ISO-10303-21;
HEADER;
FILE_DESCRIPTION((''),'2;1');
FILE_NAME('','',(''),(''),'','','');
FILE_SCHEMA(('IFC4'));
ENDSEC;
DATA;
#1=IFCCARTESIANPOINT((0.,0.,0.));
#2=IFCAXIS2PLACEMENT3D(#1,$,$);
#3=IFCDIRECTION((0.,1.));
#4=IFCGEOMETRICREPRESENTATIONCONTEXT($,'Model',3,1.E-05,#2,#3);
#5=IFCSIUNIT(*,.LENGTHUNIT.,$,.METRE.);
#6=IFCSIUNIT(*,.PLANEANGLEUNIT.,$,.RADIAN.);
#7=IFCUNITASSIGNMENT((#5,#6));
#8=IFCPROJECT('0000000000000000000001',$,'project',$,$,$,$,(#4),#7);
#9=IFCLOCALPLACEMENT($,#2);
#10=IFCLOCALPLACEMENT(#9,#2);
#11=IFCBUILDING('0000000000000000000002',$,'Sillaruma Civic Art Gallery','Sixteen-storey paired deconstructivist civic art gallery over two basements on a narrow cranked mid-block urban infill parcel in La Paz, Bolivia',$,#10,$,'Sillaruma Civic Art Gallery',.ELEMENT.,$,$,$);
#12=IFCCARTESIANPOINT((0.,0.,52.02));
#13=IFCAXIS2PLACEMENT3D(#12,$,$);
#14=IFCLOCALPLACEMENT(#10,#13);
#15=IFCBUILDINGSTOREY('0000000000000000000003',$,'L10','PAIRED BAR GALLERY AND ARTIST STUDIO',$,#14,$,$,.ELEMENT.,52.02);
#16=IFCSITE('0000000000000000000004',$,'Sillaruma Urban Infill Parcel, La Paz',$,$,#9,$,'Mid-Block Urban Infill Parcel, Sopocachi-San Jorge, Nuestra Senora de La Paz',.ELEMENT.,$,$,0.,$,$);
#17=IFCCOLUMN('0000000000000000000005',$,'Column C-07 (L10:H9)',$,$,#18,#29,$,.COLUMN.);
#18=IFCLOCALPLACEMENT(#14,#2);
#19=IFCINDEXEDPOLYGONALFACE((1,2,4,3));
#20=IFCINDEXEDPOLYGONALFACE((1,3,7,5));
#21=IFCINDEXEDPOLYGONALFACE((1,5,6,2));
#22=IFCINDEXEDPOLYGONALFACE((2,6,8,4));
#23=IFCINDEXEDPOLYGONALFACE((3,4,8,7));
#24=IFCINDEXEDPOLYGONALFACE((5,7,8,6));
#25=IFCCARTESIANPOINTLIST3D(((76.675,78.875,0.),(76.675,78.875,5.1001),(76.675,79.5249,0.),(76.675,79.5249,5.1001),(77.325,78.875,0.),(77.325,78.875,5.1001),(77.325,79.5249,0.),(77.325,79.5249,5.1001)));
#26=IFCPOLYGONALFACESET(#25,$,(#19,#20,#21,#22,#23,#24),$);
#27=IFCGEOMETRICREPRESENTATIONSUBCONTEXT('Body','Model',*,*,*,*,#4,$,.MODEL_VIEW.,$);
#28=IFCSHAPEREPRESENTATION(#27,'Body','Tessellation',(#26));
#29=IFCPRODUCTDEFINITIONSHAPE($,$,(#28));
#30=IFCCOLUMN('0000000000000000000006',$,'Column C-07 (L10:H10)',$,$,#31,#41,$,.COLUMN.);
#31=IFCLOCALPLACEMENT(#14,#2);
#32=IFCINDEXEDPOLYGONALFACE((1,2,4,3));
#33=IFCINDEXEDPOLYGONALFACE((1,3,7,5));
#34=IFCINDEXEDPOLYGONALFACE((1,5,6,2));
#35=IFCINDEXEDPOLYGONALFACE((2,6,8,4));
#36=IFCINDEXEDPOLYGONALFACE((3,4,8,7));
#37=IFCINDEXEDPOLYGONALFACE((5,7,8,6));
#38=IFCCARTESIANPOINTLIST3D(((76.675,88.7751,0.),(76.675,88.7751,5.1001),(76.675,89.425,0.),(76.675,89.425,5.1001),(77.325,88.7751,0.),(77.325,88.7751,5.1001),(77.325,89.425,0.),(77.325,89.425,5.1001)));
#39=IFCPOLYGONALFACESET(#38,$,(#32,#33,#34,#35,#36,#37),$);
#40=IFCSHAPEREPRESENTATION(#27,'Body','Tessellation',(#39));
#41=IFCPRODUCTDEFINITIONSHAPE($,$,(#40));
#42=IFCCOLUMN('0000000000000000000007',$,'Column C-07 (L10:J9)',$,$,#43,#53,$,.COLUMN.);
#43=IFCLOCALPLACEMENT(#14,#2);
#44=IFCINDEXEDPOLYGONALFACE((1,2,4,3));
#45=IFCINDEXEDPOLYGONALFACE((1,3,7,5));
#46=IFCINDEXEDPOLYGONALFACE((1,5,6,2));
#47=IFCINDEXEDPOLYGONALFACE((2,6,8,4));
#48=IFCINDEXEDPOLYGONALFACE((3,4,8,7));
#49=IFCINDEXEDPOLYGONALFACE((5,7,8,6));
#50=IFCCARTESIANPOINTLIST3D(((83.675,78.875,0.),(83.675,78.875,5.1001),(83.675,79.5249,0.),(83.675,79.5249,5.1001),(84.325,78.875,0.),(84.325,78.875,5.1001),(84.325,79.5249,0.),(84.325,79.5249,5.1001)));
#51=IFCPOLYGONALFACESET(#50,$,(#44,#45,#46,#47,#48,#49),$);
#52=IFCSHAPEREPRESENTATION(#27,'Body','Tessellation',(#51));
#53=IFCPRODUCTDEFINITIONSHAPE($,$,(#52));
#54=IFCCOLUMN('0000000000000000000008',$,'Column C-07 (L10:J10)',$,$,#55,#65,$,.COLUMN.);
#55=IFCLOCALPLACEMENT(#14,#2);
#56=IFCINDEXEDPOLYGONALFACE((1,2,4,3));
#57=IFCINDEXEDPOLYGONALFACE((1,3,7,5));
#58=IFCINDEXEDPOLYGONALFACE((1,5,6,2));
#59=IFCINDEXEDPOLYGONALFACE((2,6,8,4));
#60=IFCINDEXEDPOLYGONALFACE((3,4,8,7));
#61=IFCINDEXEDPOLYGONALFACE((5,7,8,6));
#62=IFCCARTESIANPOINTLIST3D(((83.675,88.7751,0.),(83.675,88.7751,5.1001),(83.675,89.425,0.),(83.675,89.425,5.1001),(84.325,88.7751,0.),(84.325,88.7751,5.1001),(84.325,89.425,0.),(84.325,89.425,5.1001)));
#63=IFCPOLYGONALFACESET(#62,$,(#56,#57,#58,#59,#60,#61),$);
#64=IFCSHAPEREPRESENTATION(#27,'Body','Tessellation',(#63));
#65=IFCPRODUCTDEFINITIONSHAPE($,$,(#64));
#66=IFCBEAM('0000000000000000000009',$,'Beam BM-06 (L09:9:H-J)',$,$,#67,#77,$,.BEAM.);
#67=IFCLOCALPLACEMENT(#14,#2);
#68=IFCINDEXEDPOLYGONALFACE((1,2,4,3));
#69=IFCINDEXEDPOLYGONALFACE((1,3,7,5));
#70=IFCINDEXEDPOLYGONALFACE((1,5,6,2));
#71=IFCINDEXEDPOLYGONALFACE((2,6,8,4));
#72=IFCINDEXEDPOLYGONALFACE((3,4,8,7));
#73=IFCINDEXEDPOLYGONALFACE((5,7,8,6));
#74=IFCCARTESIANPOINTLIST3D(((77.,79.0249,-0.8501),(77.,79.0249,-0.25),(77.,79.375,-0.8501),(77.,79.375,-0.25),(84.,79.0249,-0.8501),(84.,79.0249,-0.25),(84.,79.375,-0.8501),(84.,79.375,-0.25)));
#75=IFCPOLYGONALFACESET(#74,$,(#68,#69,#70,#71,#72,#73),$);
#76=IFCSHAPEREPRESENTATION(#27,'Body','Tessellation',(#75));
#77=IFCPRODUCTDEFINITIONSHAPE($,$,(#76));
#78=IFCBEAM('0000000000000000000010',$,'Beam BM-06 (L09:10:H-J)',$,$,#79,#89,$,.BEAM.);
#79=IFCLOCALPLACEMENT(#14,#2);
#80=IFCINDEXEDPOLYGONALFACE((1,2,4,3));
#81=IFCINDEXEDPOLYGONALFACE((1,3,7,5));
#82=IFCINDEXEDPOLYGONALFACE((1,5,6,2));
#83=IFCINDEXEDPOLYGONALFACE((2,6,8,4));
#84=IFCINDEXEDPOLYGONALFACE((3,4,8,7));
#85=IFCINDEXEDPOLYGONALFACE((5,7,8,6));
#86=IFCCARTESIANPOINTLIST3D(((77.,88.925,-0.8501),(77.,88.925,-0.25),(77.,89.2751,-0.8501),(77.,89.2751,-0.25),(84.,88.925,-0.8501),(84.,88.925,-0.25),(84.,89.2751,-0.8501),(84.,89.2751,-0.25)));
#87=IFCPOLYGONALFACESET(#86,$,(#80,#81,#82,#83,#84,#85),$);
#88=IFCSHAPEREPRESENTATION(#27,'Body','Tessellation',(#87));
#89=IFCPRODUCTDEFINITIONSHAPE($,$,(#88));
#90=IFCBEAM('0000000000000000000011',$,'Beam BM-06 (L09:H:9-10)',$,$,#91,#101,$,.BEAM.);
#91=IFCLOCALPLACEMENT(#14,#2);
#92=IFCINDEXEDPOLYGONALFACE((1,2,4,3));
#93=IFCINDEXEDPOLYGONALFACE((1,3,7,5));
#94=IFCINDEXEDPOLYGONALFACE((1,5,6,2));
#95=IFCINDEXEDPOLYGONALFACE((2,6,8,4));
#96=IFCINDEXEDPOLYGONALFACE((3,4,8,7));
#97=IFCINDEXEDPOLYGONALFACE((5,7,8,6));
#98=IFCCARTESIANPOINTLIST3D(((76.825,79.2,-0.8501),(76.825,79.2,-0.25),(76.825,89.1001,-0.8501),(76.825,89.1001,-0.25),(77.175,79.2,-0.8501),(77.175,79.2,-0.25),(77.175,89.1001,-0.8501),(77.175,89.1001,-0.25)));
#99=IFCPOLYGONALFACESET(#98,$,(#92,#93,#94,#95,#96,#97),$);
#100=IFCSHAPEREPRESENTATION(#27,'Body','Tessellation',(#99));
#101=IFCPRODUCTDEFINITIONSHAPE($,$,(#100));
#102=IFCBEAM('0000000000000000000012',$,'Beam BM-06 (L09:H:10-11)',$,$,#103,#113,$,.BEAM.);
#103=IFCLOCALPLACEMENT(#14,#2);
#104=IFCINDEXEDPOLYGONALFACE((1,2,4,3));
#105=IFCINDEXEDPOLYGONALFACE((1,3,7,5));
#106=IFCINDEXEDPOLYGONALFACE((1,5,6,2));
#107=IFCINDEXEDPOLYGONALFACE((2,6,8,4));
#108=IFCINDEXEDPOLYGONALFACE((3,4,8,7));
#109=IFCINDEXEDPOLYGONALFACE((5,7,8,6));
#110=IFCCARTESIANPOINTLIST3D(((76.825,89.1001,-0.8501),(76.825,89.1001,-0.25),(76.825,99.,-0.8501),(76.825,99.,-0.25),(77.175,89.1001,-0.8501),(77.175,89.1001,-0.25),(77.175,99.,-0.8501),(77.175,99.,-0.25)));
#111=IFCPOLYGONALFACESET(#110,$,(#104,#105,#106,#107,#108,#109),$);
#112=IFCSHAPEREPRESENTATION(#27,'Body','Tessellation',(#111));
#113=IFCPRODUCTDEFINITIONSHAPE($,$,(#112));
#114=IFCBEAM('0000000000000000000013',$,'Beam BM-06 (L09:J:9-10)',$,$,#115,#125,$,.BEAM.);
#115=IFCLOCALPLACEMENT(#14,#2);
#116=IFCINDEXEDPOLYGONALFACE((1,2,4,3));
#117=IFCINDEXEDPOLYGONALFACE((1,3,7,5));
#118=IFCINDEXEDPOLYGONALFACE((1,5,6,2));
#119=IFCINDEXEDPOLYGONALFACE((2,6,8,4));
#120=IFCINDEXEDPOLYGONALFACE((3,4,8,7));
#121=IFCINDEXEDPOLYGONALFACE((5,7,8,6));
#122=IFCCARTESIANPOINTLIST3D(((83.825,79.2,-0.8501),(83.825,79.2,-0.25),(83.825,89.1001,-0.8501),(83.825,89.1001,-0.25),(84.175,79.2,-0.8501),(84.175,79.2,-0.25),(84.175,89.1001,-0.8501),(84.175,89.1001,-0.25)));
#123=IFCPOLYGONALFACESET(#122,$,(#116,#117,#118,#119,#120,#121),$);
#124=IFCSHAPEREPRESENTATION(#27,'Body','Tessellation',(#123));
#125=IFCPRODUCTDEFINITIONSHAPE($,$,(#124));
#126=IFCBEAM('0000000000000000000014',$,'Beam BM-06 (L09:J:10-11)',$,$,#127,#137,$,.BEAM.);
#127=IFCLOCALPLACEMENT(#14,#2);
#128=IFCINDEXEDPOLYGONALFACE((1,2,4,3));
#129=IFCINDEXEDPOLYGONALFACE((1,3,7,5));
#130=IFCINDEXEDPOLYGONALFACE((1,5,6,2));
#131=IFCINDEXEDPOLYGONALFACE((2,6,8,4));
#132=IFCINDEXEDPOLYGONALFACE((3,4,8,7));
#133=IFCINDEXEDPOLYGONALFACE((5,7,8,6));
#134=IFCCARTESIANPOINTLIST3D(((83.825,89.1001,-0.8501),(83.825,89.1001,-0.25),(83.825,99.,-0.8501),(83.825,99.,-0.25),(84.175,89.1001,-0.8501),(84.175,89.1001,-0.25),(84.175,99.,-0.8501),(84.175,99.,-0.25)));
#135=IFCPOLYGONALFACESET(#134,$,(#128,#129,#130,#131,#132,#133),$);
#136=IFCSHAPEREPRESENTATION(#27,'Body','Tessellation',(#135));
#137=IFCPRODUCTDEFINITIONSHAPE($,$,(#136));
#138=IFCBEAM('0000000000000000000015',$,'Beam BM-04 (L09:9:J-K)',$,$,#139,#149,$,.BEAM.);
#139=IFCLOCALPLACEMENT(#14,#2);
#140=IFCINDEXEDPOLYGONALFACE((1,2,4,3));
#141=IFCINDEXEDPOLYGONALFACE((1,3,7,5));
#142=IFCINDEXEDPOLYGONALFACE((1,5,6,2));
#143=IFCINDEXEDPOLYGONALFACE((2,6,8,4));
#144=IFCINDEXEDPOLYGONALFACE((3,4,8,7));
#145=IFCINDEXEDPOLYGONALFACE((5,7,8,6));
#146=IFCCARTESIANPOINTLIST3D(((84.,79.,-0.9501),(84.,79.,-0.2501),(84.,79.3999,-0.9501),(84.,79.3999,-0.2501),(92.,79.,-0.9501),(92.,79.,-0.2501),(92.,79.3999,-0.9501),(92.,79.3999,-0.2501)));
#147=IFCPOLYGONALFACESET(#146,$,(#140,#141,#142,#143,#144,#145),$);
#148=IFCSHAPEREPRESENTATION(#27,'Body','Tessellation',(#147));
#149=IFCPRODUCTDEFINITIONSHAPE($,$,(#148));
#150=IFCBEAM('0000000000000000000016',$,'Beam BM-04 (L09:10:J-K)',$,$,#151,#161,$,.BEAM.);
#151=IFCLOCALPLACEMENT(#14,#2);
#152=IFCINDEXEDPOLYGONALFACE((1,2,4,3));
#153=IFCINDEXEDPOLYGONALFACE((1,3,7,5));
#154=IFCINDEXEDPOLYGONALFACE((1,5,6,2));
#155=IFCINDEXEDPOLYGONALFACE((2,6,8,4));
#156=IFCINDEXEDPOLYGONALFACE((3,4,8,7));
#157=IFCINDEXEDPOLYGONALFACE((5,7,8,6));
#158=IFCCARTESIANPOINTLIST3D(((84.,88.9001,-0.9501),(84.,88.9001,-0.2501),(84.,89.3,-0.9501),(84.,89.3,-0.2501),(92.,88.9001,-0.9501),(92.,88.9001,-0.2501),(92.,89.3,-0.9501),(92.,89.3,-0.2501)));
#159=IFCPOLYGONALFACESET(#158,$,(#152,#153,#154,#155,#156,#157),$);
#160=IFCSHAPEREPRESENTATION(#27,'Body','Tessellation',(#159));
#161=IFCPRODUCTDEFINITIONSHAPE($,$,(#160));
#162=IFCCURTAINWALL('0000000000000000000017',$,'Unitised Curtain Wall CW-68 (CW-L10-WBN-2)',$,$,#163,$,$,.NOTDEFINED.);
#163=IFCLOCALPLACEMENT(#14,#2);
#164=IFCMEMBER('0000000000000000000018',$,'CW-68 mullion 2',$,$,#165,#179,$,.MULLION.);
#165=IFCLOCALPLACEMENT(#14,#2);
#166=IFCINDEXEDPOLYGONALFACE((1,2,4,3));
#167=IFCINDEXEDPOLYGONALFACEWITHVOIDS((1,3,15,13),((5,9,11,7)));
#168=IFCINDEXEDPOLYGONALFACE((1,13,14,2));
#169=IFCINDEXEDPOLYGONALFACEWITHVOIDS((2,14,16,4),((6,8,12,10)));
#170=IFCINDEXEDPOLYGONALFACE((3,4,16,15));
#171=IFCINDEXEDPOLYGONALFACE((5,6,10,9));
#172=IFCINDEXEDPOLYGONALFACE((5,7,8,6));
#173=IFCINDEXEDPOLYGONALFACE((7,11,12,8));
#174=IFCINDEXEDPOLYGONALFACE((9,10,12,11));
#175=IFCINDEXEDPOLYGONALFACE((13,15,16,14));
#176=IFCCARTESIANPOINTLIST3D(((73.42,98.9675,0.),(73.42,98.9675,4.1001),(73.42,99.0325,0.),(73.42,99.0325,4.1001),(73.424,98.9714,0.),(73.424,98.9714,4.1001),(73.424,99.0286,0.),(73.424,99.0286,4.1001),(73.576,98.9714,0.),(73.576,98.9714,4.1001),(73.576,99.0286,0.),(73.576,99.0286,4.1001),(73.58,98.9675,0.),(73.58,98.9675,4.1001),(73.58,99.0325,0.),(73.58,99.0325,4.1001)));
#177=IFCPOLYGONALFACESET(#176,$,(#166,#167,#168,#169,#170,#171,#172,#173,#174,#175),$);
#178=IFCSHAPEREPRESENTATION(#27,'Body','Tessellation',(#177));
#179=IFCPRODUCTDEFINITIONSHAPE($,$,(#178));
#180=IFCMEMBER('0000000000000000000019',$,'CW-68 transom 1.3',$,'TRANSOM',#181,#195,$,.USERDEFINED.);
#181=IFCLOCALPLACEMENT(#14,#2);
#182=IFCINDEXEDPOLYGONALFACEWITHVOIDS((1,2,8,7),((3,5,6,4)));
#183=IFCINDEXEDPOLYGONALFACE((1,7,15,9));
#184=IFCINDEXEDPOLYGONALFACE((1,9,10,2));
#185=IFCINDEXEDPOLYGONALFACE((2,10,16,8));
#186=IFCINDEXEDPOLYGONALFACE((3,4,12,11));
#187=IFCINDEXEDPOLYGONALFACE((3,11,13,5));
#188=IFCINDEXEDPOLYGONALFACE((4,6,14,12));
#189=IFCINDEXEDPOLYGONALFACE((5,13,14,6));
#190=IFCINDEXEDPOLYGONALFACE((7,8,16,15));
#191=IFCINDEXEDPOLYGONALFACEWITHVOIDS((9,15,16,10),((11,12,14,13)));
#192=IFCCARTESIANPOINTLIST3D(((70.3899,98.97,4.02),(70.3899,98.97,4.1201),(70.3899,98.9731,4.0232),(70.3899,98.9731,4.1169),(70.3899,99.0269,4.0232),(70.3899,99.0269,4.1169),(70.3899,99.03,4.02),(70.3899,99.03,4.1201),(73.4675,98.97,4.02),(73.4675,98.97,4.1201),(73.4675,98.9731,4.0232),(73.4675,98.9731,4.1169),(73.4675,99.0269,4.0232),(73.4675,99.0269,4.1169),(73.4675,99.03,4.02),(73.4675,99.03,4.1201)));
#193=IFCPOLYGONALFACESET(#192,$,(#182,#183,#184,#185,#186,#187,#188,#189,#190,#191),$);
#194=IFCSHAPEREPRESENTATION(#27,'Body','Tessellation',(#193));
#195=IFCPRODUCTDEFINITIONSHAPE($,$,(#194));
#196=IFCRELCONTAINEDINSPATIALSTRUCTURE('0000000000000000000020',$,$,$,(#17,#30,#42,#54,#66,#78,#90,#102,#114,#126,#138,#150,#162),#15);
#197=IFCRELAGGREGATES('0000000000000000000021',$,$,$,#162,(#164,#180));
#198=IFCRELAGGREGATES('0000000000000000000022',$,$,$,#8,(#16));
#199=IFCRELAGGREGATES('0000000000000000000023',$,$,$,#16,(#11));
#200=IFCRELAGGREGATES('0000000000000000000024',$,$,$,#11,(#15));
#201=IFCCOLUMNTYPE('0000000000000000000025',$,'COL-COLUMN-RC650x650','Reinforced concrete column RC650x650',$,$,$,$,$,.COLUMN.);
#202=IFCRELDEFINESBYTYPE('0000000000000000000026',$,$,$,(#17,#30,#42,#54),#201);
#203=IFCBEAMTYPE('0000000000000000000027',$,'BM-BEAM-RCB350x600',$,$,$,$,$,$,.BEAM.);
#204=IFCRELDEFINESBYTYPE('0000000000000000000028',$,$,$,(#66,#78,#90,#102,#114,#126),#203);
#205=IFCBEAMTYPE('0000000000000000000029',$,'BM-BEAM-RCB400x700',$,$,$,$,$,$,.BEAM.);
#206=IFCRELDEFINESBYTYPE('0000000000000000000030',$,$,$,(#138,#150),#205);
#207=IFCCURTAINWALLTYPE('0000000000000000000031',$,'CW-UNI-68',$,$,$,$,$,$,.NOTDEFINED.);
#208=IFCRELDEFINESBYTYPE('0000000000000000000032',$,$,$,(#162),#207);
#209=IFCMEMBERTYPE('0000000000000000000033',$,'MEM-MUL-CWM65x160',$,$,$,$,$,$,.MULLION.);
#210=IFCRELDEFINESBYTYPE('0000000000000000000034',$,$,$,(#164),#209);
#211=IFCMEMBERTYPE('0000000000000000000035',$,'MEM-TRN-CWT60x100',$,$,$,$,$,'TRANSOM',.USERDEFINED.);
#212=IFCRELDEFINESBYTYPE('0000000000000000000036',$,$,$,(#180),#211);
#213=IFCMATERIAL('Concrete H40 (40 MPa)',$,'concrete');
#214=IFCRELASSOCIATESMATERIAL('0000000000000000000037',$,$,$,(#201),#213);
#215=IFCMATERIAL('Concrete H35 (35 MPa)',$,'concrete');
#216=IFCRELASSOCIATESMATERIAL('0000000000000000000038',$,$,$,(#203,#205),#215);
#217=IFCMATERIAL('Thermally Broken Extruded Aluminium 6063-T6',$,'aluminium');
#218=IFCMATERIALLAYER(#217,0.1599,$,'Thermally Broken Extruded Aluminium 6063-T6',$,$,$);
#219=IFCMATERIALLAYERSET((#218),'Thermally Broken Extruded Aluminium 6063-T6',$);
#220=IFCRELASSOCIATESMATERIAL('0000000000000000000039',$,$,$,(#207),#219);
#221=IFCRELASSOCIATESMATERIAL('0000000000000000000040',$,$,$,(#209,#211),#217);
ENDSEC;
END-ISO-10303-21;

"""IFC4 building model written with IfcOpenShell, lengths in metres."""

from ifc_helpers import new_model, si_unit, direction, frame, origin, origin_2d, place, context, subcontext, project, spatial, rectangle, hollow_rectangle, extrude, material, layer, layer_set, material_profile, profile_set, type_object, element, aggregate, save


model = new_model("IFC4")

# Units and contexts
model_context = context("Model", 3, precision=1e-05, world=origin(), true_north=direction((0.0, 1.0)))
body_context = subcontext(model_context, "Body", "Model", "MODEL_VIEW")
ifc_project = project(units=[si_unit("LENGTHUNIT", "METRE"), si_unit("PLANEANGLEUNIT", "RADIAN")], contexts=[model_context])

# Site, building, storey
site_placement = place(None, origin())
site = spatial("IfcSite", under=ifc_project, at=site_placement, Name="Sillaruma Urban Infill Parcel, La Paz", LongName="Mid-Block Urban Infill Parcel, Sopocachi-San Jorge, Nuestra Senora de La Paz", CompositionType="ELEMENT", RefElevation=0.0)
building_placement = place(site_placement, origin())
building = spatial("IfcBuilding", under=site, at=building_placement, Name="Sillaruma Civic Art Gallery", Description="Sixteen-storey paired deconstructivist civic art gallery over two basements on a narrow cranked mid-block urban infill parcel in La Paz, Bolivia", LongName="Sillaruma Civic Art Gallery", CompositionType="ELEMENT")
storey_placement = place(building_placement, frame((0.0, 0.0, 52.02)))
storey = spatial("IfcBuildingStorey", under=building, at=storey_placement, Name="L10", Description="PAIRED BAR GALLERY AND ARTIST STUDIO", CompositionType="ELEMENT", Elevation=52.02)

# Columns
ifc_material_1 = material(Name="Concrete H40 (40 MPa)", Category="concrete")
ifc_material_profile_1 = material_profile(ifc_material_1, rectangle(XDim=0.6499, YDim=0.6499, at=origin_2d()), Name="RC650x650")
ifc_profile_set_1 = profile_set([ifc_material_profile_1], Name="Concrete H40 (40 MPa)")
column_type = type_object("IfcColumnType", Name="COL-COLUMN-RC650x650", Description="Reinforced concrete column RC650x650", PredefinedType="COLUMN", material=ifc_profile_set_1)
for number, where, z_axis, x_axis, name in (
    (1, (77.0, 79.2, 0.0), (0.0, 0.0, 1.0), (1.0, 0.0, 0.0), "Column C-07 (L10:H9)"),
    (2, (77.0, 89.1001, 0.0), (0.0, 0.0, 1.0), (1.0, 0.0, 0.0), "Column C-07 (L10:H10)"),
    (3, (84.0, 79.2, 0.0), (0.0, 0.0, 1.0), (1.0, 0.0, 0.0), "Column C-07 (L10:J9)"),
    (4, (84.0, 89.1001, 0.0), (0.0, 0.0, 1.0), (1.0, 0.0, 0.0), "Column C-07 (L10:J10)"),
):
    element("IfcColumn", number, at=place(storey_placement, frame(where, z_axis=z_axis, x_axis=x_axis)), inside=storey, type_object=column_type, Name=name, PredefinedType="COLUMN", context=body_context, shape_type="SweptSolid", body=[
        extrude(rectangle(XDim=0.6499, YDim=0.6499, at=origin_2d()), origin(), (0.0, 0.0, 1.0), 5.1001),
    ])

# Beams
ifc_material_2 = material(Name="Concrete H35 (35 MPa)", Category="concrete")
ifc_material_profile_2 = material_profile(ifc_material_2, rectangle(XDim=0.3501, YDim=0.6001, at=origin_2d()), Name="RCB350x600")
ifc_profile_set_2 = profile_set([ifc_material_profile_2], Name="Concrete H35 (35 MPa)")
beam_type_1 = type_object("IfcBeamType", Name="BM-BEAM-RCB350x600", PredefinedType="BEAM", material=ifc_profile_set_2)
for number, where, z_axis, x_axis, name in (
    (5, (77.0, 79.2, -0.55), (1.0, 0.0, 0.0), (0.0, 1.0, 0.0), "Beam BM-06 (L09:9:H-J)"),
    (6, (77.0, 89.1001, -0.55), (1.0, 0.0, 0.0), (0.0, 1.0, 0.0), "Beam BM-06 (L09:10:H-J)"),
):
    element("IfcBeam", number, at=place(storey_placement, frame(where, z_axis=z_axis, x_axis=x_axis)), inside=storey, type_object=beam_type_1, Name=name, PredefinedType="BEAM", context=body_context, shape_type="SweptSolid", body=[
        extrude(rectangle(XDim=0.3501, YDim=0.6001, at=origin_2d()), origin(), (0.0, 0.0, 1.0), 7.0),
    ])
beam_1_placement = place(storey_placement, frame((77.0, 79.2, -0.55), z_axis=(0.0, 1.0, 0.0), x_axis=(-1.0, 0.0, 0.0)))
element("IfcBeam", 7, at=beam_1_placement, inside=storey, type_object=beam_type_1, Name="Beam BM-06 (L09:H:9-10)", PredefinedType="BEAM", context=body_context, shape_type="SweptSolid", body=[
    extrude(rectangle(XDim=0.3501, YDim=0.6001, at=origin_2d()), origin(), (0.0, 0.0, 1.0), 9.9001),
])
beam_2_placement = place(storey_placement, frame((77.0, 89.1001, -0.55), z_axis=(0.0, 1.0, 0.0), x_axis=(-1.0, 0.0, 0.0)))
element("IfcBeam", 8, at=beam_2_placement, inside=storey, type_object=beam_type_1, Name="Beam BM-06 (L09:H:10-11)", PredefinedType="BEAM", context=body_context, shape_type="SweptSolid", body=[
    extrude(rectangle(XDim=0.3501, YDim=0.6001, at=origin_2d()), origin(), (0.0, 0.0, 1.0), 9.8999),
])
beam_3_placement = place(storey_placement, frame((84.0, 79.2, -0.55), z_axis=(0.0, 1.0, 0.0), x_axis=(-1.0, 0.0, 0.0)))
element("IfcBeam", 9, at=beam_3_placement, inside=storey, type_object=beam_type_1, Name="Beam BM-06 (L09:J:9-10)", PredefinedType="BEAM", context=body_context, shape_type="SweptSolid", body=[
    extrude(rectangle(XDim=0.3501, YDim=0.6001, at=origin_2d()), origin(), (0.0, 0.0, 1.0), 9.9001),
])
beam_4_placement = place(storey_placement, frame((84.0, 89.1001, -0.55), z_axis=(0.0, 1.0, 0.0), x_axis=(-1.0, 0.0, 0.0)))
element("IfcBeam", 10, at=beam_4_placement, inside=storey, type_object=beam_type_1, Name="Beam BM-06 (L09:J:10-11)", PredefinedType="BEAM", context=body_context, shape_type="SweptSolid", body=[
    extrude(rectangle(XDim=0.3501, YDim=0.6001, at=origin_2d()), origin(), (0.0, 0.0, 1.0), 9.8999),
])
ifc_material_profile_3 = material_profile(ifc_material_2, rectangle(XDim=0.3999, YDim=0.7, at=origin_2d()), Name="RCB400x700")
ifc_profile_set_3 = profile_set([ifc_material_profile_3], Name="Concrete H35 (35 MPa)")
beam_type_2 = type_object("IfcBeamType", Name="BM-BEAM-RCB400x700", PredefinedType="BEAM", material=ifc_profile_set_3)
for number, where, z_axis, x_axis, name in (
    (11, (84.0, 79.2, -0.6001), (1.0, 0.0, 0.0), (0.0, 1.0, 0.0), "Beam BM-04 (L09:9:J-K)"),
    (12, (84.0, 89.1001, -0.6001), (1.0, 0.0, 0.0), (0.0, 1.0, 0.0), "Beam BM-04 (L09:10:J-K)"),
):
    element("IfcBeam", number, at=place(storey_placement, frame(where, z_axis=z_axis, x_axis=x_axis)), inside=storey, type_object=beam_type_2, Name=name, PredefinedType="BEAM", context=body_context, shape_type="SweptSolid", body=[
        extrude(rectangle(XDim=0.3999, YDim=0.7, at=origin_2d()), origin(), (0.0, 0.0, 1.0), 8.0),
    ])

# Curtain wall, members
ifc_material_3 = material(Name="Thermally Broken Extruded Aluminium 6063-T6", Category="aluminium")
ifc_layer_1 = layer(ifc_material_3, 0.1599, Name="Thermally Broken Extruded Aluminium 6063-T6")
ifc_layer_set_1 = layer_set([ifc_layer_1], Name="Thermally Broken Extruded Aluminium 6063-T6")
curtain_wall_type = type_object("IfcCurtainWallType", Name="CW-UNI-68", PredefinedType="NOTDEFINED", material=ifc_layer_set_1)
curtain_wall_placement = place(storey_placement, origin())
curtain_wall = element("IfcCurtainWall", 13, at=curtain_wall_placement, inside=storey, type_object=curtain_wall_type, Name="Unitised Curtain Wall CW-68 (CW-L10-WBN-2)", PredefinedType="NOTDEFINED")
ifc_material_profile_4 = material_profile(ifc_material_3, hollow_rectangle(XDim=0.0649, YDim=0.1599, WallThickness=0.0039, at=origin_2d()), Name="CWM65x160")
ifc_profile_set_4 = profile_set([ifc_material_profile_4], Name="Thermally Broken Extruded Aluminium 6063-T6")
member_type_1 = type_object("IfcMemberType", Name="MEM-MUL-CWM65x160", PredefinedType="MULLION", material=ifc_profile_set_4)
member_1_placement = place(storey_placement, frame((73.5, 99.0, 0.0), z_axis=(0.0, 0.0, 1.0), x_axis=(0.0, 1.0, 0.0)))
member_1 = element("IfcMember", 14, at=member_1_placement, type_object=member_type_1, Name="CW-68 mullion 2", PredefinedType="MULLION", context=body_context, shape_type="SweptSolid", body=[
    extrude(hollow_rectangle(XDim=0.0649, YDim=0.1599, WallThickness=0.0039, at=origin_2d()), origin(), (0.0, 0.0, 1.0), 4.1001),
])
ifc_material_profile_5 = material_profile(ifc_material_3, hollow_rectangle(XDim=0.0601, YDim=0.1001, WallThickness=0.0032, at=origin_2d()), Name="CWT60x100")
ifc_profile_set_5 = profile_set([ifc_material_profile_5], Name="Thermally Broken Extruded Aluminium 6063-T6")
member_type_2 = type_object("IfcMemberType", Name="MEM-TRN-CWT60x100", ElementType="TRANSOM", PredefinedType="USERDEFINED", material=ifc_profile_set_5)
member_2_placement = place(storey_placement, frame((70.3899, 99.0, 4.0701), z_axis=(1.0, 0.0, 0.0), x_axis=(0.0, 1.0, 0.0)))
member_2 = element("IfcMember", 15, at=member_2_placement, type_object=member_type_2, Name="CW-68 transom 1.3", ObjectType="TRANSOM", PredefinedType="USERDEFINED", context=body_context, shape_type="SweptSolid", body=[
    extrude(hollow_rectangle(XDim=0.0601, YDim=0.1001, WallThickness=0.0032, at=origin_2d()), origin(), (0.0, 0.0, 1.0), 3.0776),
])
aggregate(curtain_wall, [member_1, member_2])

save(model, "model.ifc")
